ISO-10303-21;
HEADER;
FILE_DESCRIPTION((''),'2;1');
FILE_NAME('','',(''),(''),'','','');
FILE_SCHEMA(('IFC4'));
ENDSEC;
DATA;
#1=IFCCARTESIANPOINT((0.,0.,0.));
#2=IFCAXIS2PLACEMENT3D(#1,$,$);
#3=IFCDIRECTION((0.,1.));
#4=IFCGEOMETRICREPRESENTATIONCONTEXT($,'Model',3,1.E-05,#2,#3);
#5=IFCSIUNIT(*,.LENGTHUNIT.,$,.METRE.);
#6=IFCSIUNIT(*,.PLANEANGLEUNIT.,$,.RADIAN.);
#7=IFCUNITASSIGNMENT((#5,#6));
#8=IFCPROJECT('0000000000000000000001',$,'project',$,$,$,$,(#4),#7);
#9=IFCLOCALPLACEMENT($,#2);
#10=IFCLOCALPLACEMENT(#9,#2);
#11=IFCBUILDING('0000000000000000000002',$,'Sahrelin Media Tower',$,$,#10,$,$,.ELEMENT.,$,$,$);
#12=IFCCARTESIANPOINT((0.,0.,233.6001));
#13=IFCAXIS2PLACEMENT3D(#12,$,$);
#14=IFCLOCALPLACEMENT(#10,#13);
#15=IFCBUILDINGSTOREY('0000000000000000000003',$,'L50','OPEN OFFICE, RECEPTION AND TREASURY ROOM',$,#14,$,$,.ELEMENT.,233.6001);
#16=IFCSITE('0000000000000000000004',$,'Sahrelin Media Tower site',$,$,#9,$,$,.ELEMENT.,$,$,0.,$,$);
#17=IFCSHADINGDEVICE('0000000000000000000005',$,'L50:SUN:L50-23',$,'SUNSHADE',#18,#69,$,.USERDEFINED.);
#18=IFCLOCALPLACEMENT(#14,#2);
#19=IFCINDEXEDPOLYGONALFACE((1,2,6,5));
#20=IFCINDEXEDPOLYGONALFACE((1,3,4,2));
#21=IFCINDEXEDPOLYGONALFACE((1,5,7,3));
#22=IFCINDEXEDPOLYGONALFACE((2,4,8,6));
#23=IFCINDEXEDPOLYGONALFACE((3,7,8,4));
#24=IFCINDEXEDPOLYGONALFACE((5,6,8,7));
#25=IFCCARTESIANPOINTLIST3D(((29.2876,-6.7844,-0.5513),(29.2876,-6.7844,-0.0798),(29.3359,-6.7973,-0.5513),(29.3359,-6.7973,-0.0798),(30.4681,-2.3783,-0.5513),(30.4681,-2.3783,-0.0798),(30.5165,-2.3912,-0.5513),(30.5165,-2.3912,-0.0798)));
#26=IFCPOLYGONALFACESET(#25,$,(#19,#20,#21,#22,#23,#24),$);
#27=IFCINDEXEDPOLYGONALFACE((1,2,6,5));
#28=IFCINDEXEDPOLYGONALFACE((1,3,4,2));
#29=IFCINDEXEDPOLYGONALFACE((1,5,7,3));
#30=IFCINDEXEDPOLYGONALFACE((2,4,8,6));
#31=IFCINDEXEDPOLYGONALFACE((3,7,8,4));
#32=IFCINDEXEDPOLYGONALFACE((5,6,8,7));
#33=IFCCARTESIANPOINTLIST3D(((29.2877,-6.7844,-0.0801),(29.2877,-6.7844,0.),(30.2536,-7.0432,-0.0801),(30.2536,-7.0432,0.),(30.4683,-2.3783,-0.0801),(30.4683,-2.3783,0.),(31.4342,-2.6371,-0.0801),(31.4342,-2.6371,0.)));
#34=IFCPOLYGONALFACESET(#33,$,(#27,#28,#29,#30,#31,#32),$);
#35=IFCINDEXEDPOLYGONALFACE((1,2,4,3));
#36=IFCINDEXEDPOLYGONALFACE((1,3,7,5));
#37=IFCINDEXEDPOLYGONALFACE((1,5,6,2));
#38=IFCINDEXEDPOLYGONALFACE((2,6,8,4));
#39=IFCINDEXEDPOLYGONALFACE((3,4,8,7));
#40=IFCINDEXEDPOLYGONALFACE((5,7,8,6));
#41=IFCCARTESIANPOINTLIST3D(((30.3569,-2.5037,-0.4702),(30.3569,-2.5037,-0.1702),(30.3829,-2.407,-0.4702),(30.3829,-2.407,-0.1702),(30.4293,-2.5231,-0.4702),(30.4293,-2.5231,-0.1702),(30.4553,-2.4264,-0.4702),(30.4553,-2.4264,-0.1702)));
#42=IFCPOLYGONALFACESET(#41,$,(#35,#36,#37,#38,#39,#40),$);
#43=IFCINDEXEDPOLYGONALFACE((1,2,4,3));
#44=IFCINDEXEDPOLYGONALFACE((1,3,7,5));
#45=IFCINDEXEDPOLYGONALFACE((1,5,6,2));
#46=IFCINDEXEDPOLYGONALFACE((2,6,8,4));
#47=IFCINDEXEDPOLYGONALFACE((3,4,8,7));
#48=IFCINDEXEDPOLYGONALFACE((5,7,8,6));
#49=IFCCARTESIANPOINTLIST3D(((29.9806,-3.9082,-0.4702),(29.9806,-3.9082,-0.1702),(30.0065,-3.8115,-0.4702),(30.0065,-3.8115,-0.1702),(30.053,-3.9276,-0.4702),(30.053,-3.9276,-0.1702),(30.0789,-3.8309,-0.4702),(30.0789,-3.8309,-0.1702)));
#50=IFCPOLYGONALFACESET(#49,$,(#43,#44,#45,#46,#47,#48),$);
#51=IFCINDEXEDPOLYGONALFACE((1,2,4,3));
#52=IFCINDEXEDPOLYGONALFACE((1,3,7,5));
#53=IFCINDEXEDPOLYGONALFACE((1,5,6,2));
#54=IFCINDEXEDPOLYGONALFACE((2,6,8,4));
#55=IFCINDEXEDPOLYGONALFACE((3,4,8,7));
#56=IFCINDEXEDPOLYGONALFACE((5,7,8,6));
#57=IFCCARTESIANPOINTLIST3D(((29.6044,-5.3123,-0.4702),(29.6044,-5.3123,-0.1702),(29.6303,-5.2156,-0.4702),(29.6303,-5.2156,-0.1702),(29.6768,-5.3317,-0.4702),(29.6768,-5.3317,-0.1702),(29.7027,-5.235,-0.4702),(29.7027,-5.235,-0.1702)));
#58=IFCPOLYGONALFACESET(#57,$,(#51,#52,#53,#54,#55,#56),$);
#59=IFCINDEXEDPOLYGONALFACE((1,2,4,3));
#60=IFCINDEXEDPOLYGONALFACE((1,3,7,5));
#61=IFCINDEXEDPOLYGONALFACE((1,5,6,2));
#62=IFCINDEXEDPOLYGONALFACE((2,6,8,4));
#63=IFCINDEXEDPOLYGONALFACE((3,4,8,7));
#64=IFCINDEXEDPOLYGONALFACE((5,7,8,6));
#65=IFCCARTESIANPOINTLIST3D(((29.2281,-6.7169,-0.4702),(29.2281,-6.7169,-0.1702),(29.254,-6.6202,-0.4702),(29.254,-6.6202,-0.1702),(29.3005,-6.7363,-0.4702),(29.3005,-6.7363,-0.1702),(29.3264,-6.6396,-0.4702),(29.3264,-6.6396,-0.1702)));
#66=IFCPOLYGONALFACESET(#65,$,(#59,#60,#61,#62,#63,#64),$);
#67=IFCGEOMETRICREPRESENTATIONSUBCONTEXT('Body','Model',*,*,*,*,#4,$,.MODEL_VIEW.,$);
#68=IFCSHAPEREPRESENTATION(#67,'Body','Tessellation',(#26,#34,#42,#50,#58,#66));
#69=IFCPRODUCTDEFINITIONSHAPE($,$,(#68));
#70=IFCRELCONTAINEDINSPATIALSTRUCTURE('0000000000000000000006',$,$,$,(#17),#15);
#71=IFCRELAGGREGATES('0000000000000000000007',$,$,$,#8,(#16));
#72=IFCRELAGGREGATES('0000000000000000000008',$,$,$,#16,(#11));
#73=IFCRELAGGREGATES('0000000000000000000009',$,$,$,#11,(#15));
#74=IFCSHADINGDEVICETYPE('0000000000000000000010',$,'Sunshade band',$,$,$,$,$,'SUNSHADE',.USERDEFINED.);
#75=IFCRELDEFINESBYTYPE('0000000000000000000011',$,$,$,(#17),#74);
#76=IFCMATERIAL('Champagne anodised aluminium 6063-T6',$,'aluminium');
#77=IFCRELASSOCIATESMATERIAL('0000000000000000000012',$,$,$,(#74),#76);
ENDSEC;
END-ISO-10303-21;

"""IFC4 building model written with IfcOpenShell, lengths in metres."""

from ifc_helpers import new_model, si_unit, direction, frame, origin, origin_2d, place, context, subcontext, project, spatial, rectangle, extrude, material, type_object, element, save


model = new_model("IFC4")

# Units and contexts
model_context = context("Model", 3, precision=1e-05, world=origin(), true_north=direction((0.0, 1.0)))
body_context = subcontext(model_context, "Body", "Model", "MODEL_VIEW")
ifc_project = project(units=[si_unit("LENGTHUNIT", "METRE"), si_unit("PLANEANGLEUNIT", "RADIAN")], contexts=[model_context])

# Site, building, storey
site_placement = place(None, origin())
site = spatial("IfcSite", under=ifc_project, at=site_placement, Name="Sahrelin Media Tower site", CompositionType="ELEMENT", RefElevation=0.0)
building_placement = place(site_placement, origin())
building = spatial("IfcBuilding", under=site, at=building_placement, Name="Sahrelin Media Tower", CompositionType="ELEMENT")
storey_placement = place(building_placement, frame((0.0, 0.0, 233.6001)))
storey = spatial("IfcBuildingStorey", under=building, at=storey_placement, Name="L50", Description="OPEN OFFICE, RECEPTION AND TREASURY ROOM", CompositionType="ELEMENT", Elevation=233.6001)

# Shared definitions
ifc_material_1 = material(Name="Champagne anodised aluminium 6063-T6", Category="aluminium")

# Shading device
placement = place(storey_placement, frame((29.8586, -4.5762, 0.0), z_axis=(0.0, 0.0, 1.0), x_axis=(-0.258808, -0.965929, 0.0)))
shading_device_type_1 = type_object("IfcShadingDeviceType", Name="Sunshade band", ElementType="SUNSHADE", PredefinedType="USERDEFINED", material=ifc_material_1)
element("IfcShadingDevice", 1, at=placement, inside=storey, type_object=shading_device_type_1, Name="L50:SUN:L50-23", ObjectType="SUNSHADE", PredefinedType="USERDEFINED", context=body_context, shape_type="SweptSolid", body=[
    extrude(rectangle(XDim=4.5615, YDim=0.05, at=origin_2d()), frame((0.0, 0.0449, -0.5513)), (0.0, 0.0, 1.0), 0.4714),
    extrude(rectangle(XDim=4.5615, YDim=1.0, at=origin_2d()), frame((0.0, 0.52, -0.0801)), (0.0, 0.0, 1.0), 0.0801),
    extrude(rectangle(XDim=0.1001, YDim=0.075, at=origin_2d()), frame((-2.1809, -0.0176, -0.4702)), (0.0, 0.0, 1.0), 0.3),
    extrude(rectangle(XDim=0.1001, YDim=0.075, at=origin_2d()), frame((-0.7268, -0.0176, -0.4702)), (0.0, 0.0, 1.0), 0.3),
    extrude(rectangle(XDim=0.1001, YDim=0.075, at=origin_2d()), frame((0.7268, -0.0176, -0.4702)), (0.0, 0.0, 1.0), 0.3),
    extrude(rectangle(XDim=0.1001, YDim=0.075, at=origin_2d()), frame((2.1809, -0.0176, -0.4702)), (0.0, 0.0, 1.0), 0.3),
])

save(model, "model.ifc")
